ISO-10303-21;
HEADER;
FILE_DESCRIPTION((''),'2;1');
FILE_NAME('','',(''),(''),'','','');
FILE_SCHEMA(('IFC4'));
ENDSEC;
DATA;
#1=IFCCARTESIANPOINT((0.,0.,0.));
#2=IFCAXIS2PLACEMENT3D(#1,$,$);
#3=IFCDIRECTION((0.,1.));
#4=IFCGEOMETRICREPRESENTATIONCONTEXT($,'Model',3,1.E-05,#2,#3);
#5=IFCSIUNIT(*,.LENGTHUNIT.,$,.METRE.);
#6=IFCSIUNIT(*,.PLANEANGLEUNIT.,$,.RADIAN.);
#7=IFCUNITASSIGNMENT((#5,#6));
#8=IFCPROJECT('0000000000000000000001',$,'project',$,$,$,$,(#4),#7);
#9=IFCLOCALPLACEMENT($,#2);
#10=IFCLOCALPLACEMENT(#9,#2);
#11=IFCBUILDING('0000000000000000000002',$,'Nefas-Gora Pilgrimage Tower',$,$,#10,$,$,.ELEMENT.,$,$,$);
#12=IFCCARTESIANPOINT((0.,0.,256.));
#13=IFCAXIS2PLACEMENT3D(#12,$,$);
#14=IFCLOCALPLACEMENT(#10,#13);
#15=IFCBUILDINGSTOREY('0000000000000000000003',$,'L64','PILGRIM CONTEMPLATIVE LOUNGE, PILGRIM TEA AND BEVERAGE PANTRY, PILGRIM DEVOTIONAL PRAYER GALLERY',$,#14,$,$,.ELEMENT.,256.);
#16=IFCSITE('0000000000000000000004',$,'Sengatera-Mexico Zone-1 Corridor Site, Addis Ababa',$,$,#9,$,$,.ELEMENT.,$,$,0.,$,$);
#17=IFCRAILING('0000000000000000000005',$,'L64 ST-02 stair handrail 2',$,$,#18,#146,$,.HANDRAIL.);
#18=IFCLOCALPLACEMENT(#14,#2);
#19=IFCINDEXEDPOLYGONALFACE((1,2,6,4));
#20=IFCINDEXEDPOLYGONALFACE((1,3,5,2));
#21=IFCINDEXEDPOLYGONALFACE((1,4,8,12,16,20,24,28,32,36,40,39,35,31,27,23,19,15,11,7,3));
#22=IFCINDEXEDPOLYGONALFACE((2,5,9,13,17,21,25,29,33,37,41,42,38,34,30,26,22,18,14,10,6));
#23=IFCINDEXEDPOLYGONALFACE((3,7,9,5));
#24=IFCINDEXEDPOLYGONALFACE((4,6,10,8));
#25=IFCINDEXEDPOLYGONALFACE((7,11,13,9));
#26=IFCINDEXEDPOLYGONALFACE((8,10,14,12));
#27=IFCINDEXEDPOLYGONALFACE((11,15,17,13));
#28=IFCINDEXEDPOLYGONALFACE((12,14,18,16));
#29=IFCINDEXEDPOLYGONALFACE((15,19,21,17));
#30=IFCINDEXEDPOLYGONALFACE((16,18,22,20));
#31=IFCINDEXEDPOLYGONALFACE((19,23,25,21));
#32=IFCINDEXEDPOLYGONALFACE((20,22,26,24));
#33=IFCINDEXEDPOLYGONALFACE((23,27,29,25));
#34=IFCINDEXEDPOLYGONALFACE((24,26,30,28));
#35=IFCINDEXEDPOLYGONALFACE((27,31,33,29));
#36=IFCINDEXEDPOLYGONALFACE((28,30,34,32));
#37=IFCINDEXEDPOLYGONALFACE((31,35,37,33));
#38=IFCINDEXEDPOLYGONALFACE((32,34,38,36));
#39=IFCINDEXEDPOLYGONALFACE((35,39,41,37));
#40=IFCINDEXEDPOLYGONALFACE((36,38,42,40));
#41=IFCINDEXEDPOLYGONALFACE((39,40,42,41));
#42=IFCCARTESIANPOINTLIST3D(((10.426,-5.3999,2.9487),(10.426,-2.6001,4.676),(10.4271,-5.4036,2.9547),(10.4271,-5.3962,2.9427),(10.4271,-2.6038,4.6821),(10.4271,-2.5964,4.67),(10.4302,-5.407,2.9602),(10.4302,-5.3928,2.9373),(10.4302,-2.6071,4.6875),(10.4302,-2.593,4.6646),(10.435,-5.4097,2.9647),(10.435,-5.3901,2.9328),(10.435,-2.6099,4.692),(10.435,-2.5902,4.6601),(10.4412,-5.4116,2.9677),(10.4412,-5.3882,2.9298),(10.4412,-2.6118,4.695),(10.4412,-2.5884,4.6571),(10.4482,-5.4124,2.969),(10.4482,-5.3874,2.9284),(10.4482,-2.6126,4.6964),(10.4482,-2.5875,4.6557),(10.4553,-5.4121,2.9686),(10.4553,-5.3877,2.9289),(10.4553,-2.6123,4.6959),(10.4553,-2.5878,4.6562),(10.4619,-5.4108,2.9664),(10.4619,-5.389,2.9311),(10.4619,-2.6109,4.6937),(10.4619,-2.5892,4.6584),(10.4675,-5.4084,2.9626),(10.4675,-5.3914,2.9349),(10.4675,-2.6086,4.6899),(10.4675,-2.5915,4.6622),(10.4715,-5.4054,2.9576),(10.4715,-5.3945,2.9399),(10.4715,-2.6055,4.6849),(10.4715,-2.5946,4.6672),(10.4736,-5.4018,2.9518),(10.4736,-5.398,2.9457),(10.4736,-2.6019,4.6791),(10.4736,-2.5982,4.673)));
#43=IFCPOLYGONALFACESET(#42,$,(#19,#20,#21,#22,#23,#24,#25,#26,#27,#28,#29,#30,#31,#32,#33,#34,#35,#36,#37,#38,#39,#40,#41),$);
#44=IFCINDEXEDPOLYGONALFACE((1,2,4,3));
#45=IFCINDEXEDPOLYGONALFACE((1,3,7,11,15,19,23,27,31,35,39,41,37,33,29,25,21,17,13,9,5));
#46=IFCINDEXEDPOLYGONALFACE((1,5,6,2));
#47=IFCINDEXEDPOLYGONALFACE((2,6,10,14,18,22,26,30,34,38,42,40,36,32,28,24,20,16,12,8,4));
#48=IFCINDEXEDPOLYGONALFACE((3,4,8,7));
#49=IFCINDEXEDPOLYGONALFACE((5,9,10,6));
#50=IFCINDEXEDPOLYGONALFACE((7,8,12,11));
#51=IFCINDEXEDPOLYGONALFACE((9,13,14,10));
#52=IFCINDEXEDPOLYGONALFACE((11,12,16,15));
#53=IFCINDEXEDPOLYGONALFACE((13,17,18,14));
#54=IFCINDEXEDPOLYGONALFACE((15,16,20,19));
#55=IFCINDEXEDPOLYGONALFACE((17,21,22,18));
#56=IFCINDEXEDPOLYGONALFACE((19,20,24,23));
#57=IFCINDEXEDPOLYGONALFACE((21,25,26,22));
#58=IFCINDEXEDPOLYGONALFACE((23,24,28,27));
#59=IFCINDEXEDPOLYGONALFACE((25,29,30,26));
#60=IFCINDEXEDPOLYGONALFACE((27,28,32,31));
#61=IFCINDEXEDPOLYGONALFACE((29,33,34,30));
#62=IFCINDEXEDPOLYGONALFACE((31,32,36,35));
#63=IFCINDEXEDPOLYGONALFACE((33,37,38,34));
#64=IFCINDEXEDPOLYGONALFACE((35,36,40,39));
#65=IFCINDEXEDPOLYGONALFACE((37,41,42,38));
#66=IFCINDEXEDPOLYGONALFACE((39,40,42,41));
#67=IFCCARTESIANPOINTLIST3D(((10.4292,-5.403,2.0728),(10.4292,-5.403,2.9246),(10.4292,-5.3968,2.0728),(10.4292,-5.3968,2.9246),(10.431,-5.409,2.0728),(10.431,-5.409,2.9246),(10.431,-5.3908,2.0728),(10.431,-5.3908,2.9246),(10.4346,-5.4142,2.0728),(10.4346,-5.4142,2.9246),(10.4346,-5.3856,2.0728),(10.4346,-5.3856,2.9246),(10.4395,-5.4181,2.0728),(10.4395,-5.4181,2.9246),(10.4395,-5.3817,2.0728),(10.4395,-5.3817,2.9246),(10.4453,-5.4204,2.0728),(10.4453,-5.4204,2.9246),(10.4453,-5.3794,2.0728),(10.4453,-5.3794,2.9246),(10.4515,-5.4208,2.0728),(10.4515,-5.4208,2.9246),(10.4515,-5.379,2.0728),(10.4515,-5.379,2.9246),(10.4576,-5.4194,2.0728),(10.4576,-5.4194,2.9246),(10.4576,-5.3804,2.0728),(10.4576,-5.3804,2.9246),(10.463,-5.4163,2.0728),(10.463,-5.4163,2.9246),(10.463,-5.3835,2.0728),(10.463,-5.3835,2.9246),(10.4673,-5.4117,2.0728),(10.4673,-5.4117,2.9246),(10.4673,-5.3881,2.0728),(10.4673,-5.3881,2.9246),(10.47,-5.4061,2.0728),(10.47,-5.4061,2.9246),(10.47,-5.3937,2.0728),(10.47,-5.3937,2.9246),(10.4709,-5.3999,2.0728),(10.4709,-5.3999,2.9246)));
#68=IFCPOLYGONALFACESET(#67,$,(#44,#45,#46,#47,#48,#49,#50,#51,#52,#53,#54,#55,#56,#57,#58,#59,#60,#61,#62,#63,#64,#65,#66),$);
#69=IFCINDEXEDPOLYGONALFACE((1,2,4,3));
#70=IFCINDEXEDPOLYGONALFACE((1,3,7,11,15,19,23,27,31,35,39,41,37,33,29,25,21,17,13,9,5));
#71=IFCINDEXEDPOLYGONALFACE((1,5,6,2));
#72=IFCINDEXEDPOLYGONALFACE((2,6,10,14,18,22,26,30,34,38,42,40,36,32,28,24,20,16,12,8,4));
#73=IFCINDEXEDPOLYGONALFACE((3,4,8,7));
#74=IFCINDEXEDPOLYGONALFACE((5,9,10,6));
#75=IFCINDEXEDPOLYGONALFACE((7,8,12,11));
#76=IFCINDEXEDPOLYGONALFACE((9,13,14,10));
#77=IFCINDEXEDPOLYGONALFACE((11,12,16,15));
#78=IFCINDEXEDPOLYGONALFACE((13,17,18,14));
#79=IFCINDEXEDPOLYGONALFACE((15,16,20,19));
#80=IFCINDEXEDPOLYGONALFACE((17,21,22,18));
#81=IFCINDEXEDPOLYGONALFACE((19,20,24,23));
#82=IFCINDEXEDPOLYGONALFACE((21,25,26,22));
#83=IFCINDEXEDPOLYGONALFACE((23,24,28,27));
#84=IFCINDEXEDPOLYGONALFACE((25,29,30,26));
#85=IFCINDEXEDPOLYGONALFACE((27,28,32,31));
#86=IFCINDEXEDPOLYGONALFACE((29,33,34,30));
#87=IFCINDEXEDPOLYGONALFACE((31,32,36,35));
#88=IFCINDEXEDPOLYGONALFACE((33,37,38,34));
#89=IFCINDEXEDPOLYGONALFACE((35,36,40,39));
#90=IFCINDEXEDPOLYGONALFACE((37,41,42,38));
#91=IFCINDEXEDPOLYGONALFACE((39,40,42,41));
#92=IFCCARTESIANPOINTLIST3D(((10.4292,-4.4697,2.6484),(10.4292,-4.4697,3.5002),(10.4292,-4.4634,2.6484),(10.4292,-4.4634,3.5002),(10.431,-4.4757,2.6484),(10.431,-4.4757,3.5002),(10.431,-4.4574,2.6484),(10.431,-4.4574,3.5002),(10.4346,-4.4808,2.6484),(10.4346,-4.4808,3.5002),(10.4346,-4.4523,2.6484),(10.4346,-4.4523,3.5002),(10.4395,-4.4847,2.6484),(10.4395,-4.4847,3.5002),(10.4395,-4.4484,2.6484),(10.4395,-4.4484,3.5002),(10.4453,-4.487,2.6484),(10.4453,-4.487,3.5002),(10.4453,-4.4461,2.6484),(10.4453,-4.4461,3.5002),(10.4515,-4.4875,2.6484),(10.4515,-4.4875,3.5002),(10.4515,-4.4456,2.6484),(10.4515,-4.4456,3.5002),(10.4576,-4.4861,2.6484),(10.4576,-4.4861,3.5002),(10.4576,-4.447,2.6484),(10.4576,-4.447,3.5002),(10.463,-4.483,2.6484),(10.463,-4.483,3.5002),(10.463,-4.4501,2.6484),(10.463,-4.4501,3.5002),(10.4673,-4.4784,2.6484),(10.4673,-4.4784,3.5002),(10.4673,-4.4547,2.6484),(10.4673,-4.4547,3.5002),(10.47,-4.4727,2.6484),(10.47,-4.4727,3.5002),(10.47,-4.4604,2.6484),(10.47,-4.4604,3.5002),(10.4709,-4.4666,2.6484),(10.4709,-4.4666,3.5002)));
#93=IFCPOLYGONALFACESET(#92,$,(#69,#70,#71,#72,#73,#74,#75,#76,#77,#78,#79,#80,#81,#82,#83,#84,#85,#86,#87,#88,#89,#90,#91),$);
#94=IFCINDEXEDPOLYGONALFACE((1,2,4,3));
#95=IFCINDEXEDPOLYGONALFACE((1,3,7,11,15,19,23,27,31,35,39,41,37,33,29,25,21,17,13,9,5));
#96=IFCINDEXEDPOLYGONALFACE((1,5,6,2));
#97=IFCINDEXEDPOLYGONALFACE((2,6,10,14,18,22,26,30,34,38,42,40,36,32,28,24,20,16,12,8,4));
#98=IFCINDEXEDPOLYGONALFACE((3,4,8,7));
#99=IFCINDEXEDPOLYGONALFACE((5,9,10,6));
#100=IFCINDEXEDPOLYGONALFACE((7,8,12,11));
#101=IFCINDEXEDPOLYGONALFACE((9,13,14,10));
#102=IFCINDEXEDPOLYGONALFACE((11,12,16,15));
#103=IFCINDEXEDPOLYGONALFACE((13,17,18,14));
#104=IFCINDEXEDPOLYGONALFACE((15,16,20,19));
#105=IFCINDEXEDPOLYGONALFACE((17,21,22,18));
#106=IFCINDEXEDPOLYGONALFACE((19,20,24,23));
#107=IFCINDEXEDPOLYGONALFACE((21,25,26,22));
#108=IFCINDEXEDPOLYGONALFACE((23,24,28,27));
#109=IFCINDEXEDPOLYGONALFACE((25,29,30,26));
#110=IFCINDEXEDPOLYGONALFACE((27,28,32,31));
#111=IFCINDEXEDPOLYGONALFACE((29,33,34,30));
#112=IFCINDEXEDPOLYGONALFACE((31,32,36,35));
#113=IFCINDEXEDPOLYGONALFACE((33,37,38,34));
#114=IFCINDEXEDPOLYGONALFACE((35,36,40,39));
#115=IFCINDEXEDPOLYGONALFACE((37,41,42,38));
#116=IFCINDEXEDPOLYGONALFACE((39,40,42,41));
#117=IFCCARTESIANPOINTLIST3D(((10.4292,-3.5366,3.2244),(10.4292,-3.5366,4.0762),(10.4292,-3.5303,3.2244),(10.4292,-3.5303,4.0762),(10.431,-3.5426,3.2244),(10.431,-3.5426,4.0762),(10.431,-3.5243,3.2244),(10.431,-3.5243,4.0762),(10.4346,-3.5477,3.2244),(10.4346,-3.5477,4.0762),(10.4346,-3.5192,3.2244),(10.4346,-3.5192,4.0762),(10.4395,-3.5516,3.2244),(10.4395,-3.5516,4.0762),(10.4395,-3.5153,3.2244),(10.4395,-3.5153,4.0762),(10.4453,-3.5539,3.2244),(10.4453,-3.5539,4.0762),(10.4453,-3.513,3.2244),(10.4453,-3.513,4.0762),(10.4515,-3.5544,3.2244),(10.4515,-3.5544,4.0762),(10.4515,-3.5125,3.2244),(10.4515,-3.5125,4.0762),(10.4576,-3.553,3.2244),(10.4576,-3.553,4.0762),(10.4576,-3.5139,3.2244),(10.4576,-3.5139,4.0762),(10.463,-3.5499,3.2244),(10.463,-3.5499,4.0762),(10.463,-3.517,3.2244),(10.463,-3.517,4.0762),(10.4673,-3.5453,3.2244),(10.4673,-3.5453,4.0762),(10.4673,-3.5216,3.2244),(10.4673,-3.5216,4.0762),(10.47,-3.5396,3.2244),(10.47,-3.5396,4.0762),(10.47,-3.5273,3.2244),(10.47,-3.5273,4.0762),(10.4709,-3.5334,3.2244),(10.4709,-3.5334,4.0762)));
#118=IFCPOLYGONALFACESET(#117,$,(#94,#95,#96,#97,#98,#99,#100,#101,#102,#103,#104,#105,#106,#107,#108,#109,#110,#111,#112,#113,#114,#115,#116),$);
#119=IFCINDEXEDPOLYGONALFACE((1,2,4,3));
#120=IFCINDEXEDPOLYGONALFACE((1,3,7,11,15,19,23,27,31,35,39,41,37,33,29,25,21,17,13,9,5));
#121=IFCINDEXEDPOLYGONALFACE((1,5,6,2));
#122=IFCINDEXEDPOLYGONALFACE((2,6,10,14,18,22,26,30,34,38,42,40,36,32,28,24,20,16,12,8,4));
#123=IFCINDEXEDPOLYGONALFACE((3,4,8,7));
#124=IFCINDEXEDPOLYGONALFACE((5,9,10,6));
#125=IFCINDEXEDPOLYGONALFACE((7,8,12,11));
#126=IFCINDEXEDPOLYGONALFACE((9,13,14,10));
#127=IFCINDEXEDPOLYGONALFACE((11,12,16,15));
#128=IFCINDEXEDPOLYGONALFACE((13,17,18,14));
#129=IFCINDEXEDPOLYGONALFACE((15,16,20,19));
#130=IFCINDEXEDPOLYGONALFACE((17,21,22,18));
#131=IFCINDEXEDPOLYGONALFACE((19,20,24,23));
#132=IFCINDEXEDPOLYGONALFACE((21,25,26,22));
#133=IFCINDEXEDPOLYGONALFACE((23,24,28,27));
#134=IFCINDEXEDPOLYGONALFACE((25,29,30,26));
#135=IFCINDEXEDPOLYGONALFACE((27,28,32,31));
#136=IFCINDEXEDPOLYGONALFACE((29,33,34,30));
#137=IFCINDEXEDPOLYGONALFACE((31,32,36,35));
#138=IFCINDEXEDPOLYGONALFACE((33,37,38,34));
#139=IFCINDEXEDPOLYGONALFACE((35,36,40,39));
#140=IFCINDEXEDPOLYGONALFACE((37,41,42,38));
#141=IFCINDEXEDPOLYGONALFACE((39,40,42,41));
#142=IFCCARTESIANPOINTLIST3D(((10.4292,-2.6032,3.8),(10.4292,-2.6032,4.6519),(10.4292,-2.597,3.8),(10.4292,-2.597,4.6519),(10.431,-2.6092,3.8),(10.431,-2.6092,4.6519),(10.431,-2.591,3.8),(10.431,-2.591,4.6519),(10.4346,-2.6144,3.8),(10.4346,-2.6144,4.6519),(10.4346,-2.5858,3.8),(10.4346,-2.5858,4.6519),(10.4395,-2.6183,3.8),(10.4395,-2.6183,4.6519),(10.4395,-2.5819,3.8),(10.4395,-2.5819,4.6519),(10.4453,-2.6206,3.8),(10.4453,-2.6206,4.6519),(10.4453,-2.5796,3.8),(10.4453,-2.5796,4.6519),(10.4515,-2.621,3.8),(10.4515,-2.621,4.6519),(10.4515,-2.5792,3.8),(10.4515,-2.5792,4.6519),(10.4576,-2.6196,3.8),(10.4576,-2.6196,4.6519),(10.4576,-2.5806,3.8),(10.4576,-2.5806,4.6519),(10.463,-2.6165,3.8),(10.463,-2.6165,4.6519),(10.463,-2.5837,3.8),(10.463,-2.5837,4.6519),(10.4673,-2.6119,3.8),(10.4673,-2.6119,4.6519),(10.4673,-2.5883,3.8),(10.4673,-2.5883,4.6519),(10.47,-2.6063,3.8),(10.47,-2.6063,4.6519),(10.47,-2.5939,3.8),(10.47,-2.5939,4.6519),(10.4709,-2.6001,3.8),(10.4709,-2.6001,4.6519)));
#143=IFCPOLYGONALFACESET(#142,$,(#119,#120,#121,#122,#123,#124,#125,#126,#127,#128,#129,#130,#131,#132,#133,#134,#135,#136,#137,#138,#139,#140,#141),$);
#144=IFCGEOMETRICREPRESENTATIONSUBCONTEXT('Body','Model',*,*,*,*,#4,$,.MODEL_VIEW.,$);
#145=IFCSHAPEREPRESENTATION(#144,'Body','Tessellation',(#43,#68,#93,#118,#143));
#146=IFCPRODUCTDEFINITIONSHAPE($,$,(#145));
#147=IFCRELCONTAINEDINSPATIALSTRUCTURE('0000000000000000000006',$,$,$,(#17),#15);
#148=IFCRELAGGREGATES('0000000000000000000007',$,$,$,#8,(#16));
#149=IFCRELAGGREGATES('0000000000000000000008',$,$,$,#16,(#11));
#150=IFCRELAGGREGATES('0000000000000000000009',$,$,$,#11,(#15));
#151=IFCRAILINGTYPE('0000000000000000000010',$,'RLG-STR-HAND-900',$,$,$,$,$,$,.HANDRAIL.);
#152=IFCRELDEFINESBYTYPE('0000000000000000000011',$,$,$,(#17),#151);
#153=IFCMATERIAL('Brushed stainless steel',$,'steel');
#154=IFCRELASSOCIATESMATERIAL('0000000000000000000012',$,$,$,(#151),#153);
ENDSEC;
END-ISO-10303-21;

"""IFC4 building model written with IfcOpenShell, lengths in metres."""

from ifc_helpers import new_model, si_unit, direction, frame, origin, origin_2d, place, context, subcontext, project, spatial, circle, extrude, material, type_object, element, save


model = new_model("IFC4")

# Units and contexts
model_context = context("Model", 3, precision=1e-05, world=origin(), true_north=direction((0.0, 1.0)))
body_context = subcontext(model_context, "Body", "Model", "MODEL_VIEW")
ifc_project = project(units=[si_unit("LENGTHUNIT", "METRE"), si_unit("PLANEANGLEUNIT", "RADIAN")], contexts=[model_context])

# Site, building, storey
site_placement = place(None, origin())
site = spatial("IfcSite", under=ifc_project, at=site_placement, Name="Sengatera-Mexico Zone-1 Corridor Site, Addis Ababa", CompositionType="ELEMENT", RefElevation=0.0)
building_placement = place(site_placement, origin())
building = spatial("IfcBuilding", under=site, at=building_placement, Name="Nefas-Gora Pilgrimage Tower", CompositionType="ELEMENT")
storey_placement = place(building_placement, frame((0.0, 0.0, 256.0)))
storey = spatial("IfcBuildingStorey", under=building, at=storey_placement, Name="L64", Description="PILGRIM CONTEMPLATIVE LOUNGE, PILGRIM TEA AND BEVERAGE PANTRY, PILGRIM DEVOTIONAL PRAYER GALLERY", CompositionType="ELEMENT", Elevation=256.0)

# Railing
ifc_material_1 = material(Name="Brushed stainless steel", Category="steel")
railing_type_1 = type_object("IfcRailingType", Name="RLG-STR-HAND-900", PredefinedType="HANDRAIL", material=ifc_material_1)
railing_1_placement = place(storey_placement, frame((10.45, -5.3999, 2.0728)))
element("IfcRailing", 1, at=railing_1_placement, inside=storey, type_object=railing_type_1, Name="L64 ST-02 stair handrail 2", PredefinedType="HANDRAIL", context=body_context, shape_type="SweptSolid", body=[
    extrude(circle(Radius=0.0239, at=origin_2d()), frame((0.0, 0.0, 0.876), z_axis=(0.0, 0.851069, 0.525054), x_axis=(-1.0, 0.0, 0.0)), (0.0, 0.0, 1.0), 3.2898),
    extrude(circle(Radius=0.021, at=origin_2d()), origin(), (0.0, 0.0, 1.0), 0.8518),
    extrude(circle(Radius=0.021, at=origin_2d()), frame((0.0, 0.9333, 0.5757)), (0.0, 0.0, 1.0), 0.8518),
    extrude(circle(Radius=0.021, at=origin_2d()), frame((0.0, 1.8665, 1.1516)), (0.0, 0.0, 1.0), 0.8518),
    extrude(circle(Radius=0.021, at=origin_2d()), frame((0.0, 2.7998, 1.7273)), (0.0, 0.0, 1.0), 0.8518),
])

save(model, "model.ifc")
